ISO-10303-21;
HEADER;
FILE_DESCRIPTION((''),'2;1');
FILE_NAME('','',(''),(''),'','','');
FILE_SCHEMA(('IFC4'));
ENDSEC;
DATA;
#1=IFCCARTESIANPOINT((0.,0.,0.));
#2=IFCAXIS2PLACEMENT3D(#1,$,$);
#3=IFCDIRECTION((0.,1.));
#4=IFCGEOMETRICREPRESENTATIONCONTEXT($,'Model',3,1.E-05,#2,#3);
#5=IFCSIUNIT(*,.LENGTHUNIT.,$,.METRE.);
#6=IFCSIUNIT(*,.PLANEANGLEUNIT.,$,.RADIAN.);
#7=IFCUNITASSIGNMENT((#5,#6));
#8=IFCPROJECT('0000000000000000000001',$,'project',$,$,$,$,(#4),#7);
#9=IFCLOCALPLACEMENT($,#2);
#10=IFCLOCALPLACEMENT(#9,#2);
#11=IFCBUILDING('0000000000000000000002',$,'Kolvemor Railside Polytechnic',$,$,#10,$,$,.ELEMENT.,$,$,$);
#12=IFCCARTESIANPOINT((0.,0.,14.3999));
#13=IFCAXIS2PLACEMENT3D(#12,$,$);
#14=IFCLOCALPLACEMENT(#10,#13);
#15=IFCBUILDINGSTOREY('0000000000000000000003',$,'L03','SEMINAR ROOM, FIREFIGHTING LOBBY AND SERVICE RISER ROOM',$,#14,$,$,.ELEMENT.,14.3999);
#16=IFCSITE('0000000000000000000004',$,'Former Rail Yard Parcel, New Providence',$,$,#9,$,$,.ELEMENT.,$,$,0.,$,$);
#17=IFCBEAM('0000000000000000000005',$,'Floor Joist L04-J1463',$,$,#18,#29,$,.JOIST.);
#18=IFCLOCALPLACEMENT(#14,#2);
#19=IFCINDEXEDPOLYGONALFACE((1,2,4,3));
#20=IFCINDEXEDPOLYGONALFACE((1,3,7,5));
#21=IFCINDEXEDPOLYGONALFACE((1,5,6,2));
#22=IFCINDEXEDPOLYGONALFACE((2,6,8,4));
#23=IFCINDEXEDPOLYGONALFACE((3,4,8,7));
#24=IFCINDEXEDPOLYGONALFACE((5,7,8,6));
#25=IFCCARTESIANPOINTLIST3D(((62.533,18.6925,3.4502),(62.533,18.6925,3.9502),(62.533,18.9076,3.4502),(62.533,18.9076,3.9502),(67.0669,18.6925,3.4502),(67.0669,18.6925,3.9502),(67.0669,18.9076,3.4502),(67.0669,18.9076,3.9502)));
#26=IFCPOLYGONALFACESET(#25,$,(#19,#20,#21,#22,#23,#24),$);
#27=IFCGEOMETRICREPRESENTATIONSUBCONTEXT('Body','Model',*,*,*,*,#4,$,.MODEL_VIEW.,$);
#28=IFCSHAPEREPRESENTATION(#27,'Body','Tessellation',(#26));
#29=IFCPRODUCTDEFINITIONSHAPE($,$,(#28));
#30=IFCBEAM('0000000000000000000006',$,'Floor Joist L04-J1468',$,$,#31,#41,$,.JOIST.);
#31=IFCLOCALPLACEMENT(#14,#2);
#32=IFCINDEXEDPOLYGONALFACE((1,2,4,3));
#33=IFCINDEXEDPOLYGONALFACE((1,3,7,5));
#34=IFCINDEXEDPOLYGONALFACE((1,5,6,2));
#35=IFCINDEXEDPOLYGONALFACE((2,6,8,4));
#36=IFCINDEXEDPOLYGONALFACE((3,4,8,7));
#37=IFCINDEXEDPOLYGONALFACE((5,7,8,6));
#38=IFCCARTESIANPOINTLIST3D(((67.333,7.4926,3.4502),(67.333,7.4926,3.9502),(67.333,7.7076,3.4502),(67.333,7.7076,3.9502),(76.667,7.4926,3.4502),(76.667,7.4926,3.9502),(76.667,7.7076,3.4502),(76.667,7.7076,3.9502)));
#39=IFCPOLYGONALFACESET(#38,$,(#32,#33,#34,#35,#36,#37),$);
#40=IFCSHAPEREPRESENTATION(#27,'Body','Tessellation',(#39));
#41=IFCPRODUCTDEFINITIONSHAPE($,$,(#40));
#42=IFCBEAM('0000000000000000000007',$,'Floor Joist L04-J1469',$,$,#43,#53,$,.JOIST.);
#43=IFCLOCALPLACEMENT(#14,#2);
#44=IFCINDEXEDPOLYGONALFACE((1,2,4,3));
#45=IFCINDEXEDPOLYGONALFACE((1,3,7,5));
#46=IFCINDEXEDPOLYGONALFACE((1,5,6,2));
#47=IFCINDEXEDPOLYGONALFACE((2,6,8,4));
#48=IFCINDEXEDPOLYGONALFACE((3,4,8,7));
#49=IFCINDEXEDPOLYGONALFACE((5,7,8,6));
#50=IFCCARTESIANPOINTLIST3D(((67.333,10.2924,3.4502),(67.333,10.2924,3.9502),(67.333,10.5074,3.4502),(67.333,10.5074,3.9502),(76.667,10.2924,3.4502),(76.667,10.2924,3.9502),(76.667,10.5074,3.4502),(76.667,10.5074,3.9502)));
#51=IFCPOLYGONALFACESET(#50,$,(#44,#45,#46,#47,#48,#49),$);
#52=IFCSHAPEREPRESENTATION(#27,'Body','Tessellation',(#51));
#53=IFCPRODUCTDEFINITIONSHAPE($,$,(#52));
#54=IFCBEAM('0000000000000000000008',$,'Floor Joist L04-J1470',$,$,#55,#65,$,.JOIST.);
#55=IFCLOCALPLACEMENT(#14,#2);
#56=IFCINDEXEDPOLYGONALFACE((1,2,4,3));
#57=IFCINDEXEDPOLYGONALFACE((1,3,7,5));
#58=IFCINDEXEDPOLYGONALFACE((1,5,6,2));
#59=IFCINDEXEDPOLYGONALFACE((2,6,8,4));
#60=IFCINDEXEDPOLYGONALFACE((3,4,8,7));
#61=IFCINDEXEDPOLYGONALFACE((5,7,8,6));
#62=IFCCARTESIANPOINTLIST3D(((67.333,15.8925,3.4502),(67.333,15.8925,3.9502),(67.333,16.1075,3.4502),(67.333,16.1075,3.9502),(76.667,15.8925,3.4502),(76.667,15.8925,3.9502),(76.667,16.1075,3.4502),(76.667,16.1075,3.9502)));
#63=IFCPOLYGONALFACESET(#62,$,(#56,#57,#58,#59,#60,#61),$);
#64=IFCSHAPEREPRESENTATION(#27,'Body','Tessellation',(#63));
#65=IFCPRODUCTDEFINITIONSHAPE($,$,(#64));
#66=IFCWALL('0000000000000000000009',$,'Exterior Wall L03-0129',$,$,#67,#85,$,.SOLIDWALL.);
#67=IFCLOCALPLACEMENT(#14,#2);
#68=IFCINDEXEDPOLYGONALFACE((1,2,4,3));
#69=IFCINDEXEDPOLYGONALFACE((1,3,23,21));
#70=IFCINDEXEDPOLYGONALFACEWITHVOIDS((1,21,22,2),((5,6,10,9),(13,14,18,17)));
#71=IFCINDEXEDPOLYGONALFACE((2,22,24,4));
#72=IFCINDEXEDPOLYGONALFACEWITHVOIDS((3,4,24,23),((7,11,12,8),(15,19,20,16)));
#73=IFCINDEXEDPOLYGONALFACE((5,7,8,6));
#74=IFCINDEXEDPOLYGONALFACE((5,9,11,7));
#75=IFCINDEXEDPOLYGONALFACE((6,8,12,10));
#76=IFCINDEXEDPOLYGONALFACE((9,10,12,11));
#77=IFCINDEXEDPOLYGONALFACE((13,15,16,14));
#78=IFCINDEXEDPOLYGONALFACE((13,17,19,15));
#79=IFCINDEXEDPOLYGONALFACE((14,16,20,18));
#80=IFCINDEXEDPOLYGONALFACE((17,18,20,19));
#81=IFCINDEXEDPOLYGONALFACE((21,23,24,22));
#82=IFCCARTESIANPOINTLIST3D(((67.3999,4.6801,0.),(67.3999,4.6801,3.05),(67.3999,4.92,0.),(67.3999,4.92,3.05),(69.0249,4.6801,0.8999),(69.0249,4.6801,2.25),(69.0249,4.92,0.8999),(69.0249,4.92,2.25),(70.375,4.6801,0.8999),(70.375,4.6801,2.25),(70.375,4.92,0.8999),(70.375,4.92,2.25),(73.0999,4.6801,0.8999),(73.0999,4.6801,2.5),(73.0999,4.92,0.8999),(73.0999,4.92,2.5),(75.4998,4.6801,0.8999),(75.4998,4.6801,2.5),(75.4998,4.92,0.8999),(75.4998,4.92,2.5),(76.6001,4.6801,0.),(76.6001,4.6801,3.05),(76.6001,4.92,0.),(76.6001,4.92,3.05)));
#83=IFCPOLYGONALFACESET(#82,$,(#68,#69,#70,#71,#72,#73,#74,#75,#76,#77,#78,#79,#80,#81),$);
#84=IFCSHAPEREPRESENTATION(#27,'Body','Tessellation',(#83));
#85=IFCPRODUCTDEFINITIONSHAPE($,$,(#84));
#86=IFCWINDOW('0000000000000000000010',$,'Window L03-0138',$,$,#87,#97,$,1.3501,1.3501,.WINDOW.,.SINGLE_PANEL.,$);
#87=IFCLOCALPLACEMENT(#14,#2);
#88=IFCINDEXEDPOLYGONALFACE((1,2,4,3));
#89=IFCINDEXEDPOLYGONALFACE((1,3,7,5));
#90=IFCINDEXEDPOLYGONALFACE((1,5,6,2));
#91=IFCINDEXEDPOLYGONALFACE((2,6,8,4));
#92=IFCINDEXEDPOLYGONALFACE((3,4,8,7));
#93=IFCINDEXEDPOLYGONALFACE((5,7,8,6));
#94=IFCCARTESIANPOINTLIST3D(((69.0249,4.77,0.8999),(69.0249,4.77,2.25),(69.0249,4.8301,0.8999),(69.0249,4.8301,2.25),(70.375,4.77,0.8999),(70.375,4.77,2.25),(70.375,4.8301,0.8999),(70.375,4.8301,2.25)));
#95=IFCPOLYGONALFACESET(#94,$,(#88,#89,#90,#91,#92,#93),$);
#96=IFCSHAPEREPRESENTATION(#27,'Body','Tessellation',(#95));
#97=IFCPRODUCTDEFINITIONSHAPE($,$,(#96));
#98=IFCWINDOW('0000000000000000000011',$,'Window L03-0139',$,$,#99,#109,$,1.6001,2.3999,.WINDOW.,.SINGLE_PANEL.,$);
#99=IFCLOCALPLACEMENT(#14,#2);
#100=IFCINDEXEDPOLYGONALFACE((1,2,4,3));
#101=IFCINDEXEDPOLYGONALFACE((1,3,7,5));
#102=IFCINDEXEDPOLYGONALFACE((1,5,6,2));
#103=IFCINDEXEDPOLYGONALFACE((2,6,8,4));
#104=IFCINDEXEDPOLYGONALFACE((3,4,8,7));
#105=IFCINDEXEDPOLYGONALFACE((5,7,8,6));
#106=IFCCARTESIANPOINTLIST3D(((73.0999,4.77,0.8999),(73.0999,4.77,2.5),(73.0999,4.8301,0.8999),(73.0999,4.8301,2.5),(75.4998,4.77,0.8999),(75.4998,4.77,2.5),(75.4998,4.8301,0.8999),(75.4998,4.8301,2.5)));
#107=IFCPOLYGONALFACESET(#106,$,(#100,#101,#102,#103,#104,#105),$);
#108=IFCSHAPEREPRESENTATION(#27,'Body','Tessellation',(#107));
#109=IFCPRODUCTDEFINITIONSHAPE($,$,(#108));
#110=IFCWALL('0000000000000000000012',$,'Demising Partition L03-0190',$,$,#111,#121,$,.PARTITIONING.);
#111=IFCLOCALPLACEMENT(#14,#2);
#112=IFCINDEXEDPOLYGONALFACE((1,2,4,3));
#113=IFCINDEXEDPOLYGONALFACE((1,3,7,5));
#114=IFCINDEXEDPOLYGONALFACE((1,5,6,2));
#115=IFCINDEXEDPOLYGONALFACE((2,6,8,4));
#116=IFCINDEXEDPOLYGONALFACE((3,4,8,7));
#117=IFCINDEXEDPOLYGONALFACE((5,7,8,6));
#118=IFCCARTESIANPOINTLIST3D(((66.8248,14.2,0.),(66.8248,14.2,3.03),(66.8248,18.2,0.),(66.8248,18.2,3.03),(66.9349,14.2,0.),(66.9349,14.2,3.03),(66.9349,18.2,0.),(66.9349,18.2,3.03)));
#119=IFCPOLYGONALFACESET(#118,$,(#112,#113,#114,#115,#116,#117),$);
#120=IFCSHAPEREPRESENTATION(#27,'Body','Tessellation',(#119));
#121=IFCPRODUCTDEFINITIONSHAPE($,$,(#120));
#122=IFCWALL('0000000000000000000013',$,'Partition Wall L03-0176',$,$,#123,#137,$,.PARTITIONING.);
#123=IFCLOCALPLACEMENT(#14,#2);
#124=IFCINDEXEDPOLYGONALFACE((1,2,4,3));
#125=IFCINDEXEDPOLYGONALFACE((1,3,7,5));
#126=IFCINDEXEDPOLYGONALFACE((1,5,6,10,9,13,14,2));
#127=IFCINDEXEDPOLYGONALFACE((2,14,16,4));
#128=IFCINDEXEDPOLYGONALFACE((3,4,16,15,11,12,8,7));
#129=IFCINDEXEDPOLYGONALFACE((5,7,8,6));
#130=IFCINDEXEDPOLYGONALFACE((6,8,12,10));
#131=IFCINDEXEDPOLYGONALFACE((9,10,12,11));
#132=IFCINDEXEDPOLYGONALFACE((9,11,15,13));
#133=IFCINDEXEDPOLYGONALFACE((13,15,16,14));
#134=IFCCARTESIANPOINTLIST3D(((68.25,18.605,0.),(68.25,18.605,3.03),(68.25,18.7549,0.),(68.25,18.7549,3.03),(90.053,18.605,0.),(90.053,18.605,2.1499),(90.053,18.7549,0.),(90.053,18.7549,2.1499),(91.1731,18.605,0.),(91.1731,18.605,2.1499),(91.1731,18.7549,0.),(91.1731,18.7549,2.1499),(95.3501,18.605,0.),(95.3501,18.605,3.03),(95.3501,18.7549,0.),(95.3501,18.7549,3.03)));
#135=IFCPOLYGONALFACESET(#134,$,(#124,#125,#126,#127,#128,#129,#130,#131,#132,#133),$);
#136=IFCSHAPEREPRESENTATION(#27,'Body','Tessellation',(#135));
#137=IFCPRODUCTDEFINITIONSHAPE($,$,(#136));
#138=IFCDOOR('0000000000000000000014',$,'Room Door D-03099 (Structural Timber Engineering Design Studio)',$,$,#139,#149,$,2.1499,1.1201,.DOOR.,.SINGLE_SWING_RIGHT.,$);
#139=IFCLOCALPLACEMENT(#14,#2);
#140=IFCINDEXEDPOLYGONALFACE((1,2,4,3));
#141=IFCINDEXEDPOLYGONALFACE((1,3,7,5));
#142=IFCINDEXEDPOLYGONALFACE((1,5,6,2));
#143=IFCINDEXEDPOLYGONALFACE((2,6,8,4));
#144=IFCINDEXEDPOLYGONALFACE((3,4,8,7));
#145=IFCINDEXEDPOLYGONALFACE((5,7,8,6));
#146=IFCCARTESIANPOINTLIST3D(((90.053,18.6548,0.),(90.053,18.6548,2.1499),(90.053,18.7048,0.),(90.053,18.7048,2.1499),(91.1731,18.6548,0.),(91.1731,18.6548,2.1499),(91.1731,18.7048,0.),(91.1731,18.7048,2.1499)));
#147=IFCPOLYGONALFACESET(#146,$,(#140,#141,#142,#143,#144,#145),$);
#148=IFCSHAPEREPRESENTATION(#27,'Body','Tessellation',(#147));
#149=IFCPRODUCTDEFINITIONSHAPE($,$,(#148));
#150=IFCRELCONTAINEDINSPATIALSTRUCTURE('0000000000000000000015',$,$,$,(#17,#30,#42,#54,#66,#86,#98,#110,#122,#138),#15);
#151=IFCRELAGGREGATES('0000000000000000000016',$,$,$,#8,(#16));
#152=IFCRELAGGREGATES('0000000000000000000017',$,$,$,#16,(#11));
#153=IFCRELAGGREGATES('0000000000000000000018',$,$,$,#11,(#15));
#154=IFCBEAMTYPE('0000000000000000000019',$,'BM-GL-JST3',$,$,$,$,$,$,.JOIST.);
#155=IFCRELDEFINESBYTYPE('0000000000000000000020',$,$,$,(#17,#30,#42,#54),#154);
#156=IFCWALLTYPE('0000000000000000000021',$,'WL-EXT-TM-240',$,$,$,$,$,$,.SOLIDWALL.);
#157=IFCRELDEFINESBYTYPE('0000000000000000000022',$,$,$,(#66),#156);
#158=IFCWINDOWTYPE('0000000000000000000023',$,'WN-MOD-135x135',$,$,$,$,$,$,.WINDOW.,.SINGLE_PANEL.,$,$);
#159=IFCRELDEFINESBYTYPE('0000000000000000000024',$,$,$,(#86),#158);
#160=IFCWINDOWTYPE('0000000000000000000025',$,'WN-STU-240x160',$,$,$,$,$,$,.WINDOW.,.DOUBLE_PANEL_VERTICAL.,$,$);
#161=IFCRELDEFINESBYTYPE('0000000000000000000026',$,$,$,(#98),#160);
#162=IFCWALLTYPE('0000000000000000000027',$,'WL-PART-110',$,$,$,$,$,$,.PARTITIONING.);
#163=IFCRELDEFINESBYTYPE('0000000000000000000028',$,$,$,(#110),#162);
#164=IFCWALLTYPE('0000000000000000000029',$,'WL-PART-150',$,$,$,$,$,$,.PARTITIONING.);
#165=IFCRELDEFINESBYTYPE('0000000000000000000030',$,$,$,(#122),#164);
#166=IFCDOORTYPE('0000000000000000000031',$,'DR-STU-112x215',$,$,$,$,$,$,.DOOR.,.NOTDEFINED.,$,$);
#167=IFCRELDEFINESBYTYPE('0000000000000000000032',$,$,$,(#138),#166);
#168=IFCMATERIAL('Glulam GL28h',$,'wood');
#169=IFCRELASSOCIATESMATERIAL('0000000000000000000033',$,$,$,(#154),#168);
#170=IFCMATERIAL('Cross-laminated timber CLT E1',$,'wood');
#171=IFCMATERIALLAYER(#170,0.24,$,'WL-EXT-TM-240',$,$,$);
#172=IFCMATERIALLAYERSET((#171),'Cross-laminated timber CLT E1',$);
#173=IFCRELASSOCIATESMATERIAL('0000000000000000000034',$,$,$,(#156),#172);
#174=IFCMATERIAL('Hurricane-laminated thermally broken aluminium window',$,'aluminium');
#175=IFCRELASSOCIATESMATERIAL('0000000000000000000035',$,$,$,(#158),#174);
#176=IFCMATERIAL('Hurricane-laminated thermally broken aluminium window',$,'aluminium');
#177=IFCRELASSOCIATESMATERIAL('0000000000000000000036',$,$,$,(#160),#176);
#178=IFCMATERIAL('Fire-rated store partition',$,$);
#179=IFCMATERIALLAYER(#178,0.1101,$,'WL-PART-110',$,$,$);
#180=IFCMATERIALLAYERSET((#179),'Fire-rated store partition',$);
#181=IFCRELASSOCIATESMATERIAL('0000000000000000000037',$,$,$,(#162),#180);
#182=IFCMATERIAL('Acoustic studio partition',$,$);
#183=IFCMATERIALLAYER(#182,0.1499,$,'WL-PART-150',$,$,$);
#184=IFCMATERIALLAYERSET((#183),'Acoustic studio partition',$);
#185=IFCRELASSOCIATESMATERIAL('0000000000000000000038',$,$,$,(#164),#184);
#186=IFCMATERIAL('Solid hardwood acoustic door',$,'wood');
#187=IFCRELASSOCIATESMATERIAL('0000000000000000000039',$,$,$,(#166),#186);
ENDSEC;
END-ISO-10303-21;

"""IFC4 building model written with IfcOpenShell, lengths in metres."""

from ifc_helpers import new_model, si_unit, direction, frame, frame_2d, origin, origin_2d, place, context, subcontext, project, spatial, rectangle, extrude, material, layer, layer_set, material_profile, profile_set, type_object, element, fill, save


model = new_model("IFC4")

# Units and contexts
model_context = context("Model", 3, precision=1e-05, world=origin(), true_north=direction((0.0, 1.0)))
body_context = subcontext(model_context, "Body", "Model", "MODEL_VIEW")
ifc_project = project(units=[si_unit("LENGTHUNIT", "METRE"), si_unit("PLANEANGLEUNIT", "RADIAN")], contexts=[model_context])

# Site, building, storey
site_placement = place(None, origin())
site = spatial("IfcSite", under=ifc_project, at=site_placement, Name="Former Rail Yard Parcel, New Providence", CompositionType="ELEMENT", RefElevation=0.0)
building_placement = place(site_placement, origin())
building = spatial("IfcBuilding", under=site, at=building_placement, Name="Kolvemor Railside Polytechnic", CompositionType="ELEMENT")
storey_placement = place(building_placement, frame((0.0, 0.0, 14.3999)))
storey = spatial("IfcBuildingStorey", under=building, at=storey_placement, Name="L03", Description="SEMINAR ROOM, FIREFIGHTING LOBBY AND SERVICE RISER ROOM", CompositionType="ELEMENT", Elevation=14.3999)

# Beams
ifc_material_1 = material(Name="Glulam GL28h", Category="wood")
ifc_material_profile_1 = material_profile(ifc_material_1, rectangle(XDim=0.2151, YDim=0.5, at=origin_2d()), Name="GL215x500")
ifc_profile_set_1 = profile_set([ifc_material_profile_1], Name="Glulam GL28h")
beam_type_1 = type_object("IfcBeamType", Name="BM-GL-JST3", PredefinedType="JOIST", material=ifc_profile_set_1)
for number, where, z_axis, x_axis, name in (
    (1, (62.533, 18.8, 3.7002), (1.0, 0.0, 0.0), (0.0, 1.0, 0.0), "Floor Joist L04-J1463"),
):
    element("IfcBeam", number, at=place(storey_placement, frame(where, z_axis=z_axis, x_axis=x_axis)), inside=storey, type_object=beam_type_1, Name=name, PredefinedType="JOIST", context=body_context, shape_type="SweptSolid", body=[
        extrude(rectangle(XDim=0.2151, YDim=0.5, at=origin_2d()), origin(), (0.0, 0.0, 1.0), 4.5339),
    ])
for number, where, z_axis, x_axis, name in (
    (2, (67.333, 7.6001, 3.7002), (1.0, 0.0, 0.0), (0.0, 1.0, 0.0), "Floor Joist L04-J1468"),
    (3, (67.333, 10.3999, 3.7002), (1.0, 0.0, 0.0), (0.0, 1.0, 0.0), "Floor Joist L04-J1469"),
    (4, (67.333, 16.0, 3.7002), (1.0, 0.0, 0.0), (0.0, 1.0, 0.0), "Floor Joist L04-J1470"),
):
    element("IfcBeam", number, at=place(storey_placement, frame(where, z_axis=z_axis, x_axis=x_axis)), inside=storey, type_object=beam_type_1, Name=name, PredefinedType="JOIST", context=body_context, shape_type="SweptSolid", body=[
        extrude(rectangle(XDim=0.2151, YDim=0.5, at=origin_2d()), origin(), (0.0, 0.0, 1.0), 9.334),
    ])

# Wall, openings, windows
ifc_material_2 = material(Name="Cross-laminated timber CLT E1", Category="wood")
ifc_layer_1 = layer(ifc_material_2, 0.24, Name="WL-EXT-TM-240")
ifc_layer_set_1 = layer_set([ifc_layer_1], Name="Cross-laminated timber CLT E1")
wall_type_1 = type_object("IfcWallType", Name="WL-EXT-TM-240", PredefinedType="SOLIDWALL", material=ifc_layer_set_1)
wall_1_placement = place(storey_placement, frame((67.3999, 4.8, 0.0), z_axis=(0.0, 0.0, 1.0), x_axis=(1.0, 0.0, 0.0)))
wall_1 = element("IfcWall", 5, at=wall_1_placement, inside=storey, type_object=wall_type_1, Name="Exterior Wall L03-0129", PredefinedType="SOLIDWALL", context=body_context, shape_type="SweptSolid", body=[
    extrude(rectangle(XDim=9.2002, YDim=0.24, at=frame_2d((4.6001, 0.0))), origin(), (0.0, 0.0, 1.0), 3.05),
])
opening_1_placement = place(wall_1_placement, frame((1.625, 0.0, 0.8999)))
opening_1 = element("IfcOpeningElement", 6, at=opening_1_placement, cuts=wall_1, PredefinedType="OPENING", context=body_context, shape_type="SweptSolid", body=[
    extrude(rectangle(XDim=1.3501, YDim=1.3501, at=frame_2d((0.675, 0.675))), frame((0.0, 0.1299, 0.0), z_axis=(0.0, -1.0, 0.0), x_axis=(1.0, 0.0, 0.0)), (0.0, 0.0, 1.0), 0.26),
])
opening_2_placement = place(wall_1_placement, frame((5.7, 0.0, 0.8999)))
opening_2 = element("IfcOpeningElement", 7, at=opening_2_placement, cuts=wall_1, PredefinedType="OPENING", context=body_context, shape_type="SweptSolid", body=[
    extrude(rectangle(XDim=2.3999, YDim=1.6001, at=frame_2d((1.2, 0.8))), frame((0.0, 0.1299, 0.0), z_axis=(0.0, -1.0, 0.0), x_axis=(1.0, 0.0, 0.0)), (0.0, 0.0, 1.0), 0.26),
])
ifc_material_3 = material(Name="Hurricane-laminated thermally broken aluminium window", Category="aluminium")
window_type_1 = type_object("IfcWindowType", Name="WN-MOD-135x135", PartitioningType="SINGLE_PANEL", PredefinedType="WINDOW", material=ifc_material_3)
window_1_placement = place(opening_1_placement, origin())
window_1 = element("IfcWindow", 8, at=window_1_placement, inside=storey, type_object=window_type_1, Name="Window L03-0138", OverallHeight=1.3501, OverallWidth=1.3501, PartitioningType="SINGLE_PANEL", PredefinedType="WINDOW", context=body_context, shape_type="SweptSolid", body=[
    extrude(rectangle(XDim=1.3501, YDim=1.3501, at=frame_2d((0.675, 0.675))), frame((0.0, 0.03, 0.0), z_axis=(0.0, -1.0, 0.0), x_axis=(1.0, 0.0, 0.0)), (0.0, 0.0, 1.0), 0.0601),
])
fill(opening_1, window_1)
ifc_material_4 = material(Name="Hurricane-laminated thermally broken aluminium window", Category="aluminium")
window_type_2 = type_object("IfcWindowType", Name="WN-STU-240x160", PartitioningType="DOUBLE_PANEL_VERTICAL", PredefinedType="WINDOW", material=ifc_material_4)
window_2_placement = place(opening_2_placement, origin())
window_2 = element("IfcWindow", 9, at=window_2_placement, inside=storey, type_object=window_type_2, Name="Window L03-0139", OverallHeight=1.6001, OverallWidth=2.3999, PartitioningType="SINGLE_PANEL", PredefinedType="WINDOW", context=body_context, shape_type="SweptSolid", body=[
    extrude(rectangle(XDim=2.3999, YDim=1.6001, at=frame_2d((1.2, 0.8))), frame((0.0, 0.03, 0.0), z_axis=(0.0, -1.0, 0.0), x_axis=(1.0, 0.0, 0.0)), (0.0, 0.0, 1.0), 0.0601),
])
fill(opening_2, window_2)

# Wall
ifc_material_5 = material(Name="Fire-rated store partition")
ifc_layer_2 = layer(ifc_material_5, 0.1101, Name="WL-PART-110")
ifc_layer_set_2 = layer_set([ifc_layer_2], Name="Fire-rated store partition")
wall_type_2 = type_object("IfcWallType", Name="WL-PART-110", PredefinedType="PARTITIONING", material=ifc_layer_set_2)
wall_2_placement = place(storey_placement, frame((66.8799, 14.2, 0.0), z_axis=(0.0, 0.0, 1.0), x_axis=(0.0, 1.0, 0.0)))
element("IfcWall", 10, at=wall_2_placement, inside=storey, type_object=wall_type_2, Name="Demising Partition L03-0190", PredefinedType="PARTITIONING", context=body_context, shape_type="SweptSolid", body=[
    extrude(rectangle(XDim=4.0, YDim=0.1101, at=frame_2d((2.0, 0.0))), origin(), (0.0, 0.0, 1.0), 3.03),
])

# Wall, opening, door
ifc_material_6 = material(Name="Acoustic studio partition")
ifc_layer_3 = layer(ifc_material_6, 0.1499, Name="WL-PART-150")
ifc_layer_set_3 = layer_set([ifc_layer_3], Name="Acoustic studio partition")
wall_type_3 = type_object("IfcWallType", Name="WL-PART-150", PredefinedType="PARTITIONING", material=ifc_layer_set_3)
wall_3_placement = place(storey_placement, frame((68.25, 18.6799, 0.0), z_axis=(0.0, 0.0, 1.0), x_axis=(1.0, 0.0, 0.0)))
wall_3 = element("IfcWall", 11, at=wall_3_placement, inside=storey, type_object=wall_type_3, Name="Partition Wall L03-0176", PredefinedType="PARTITIONING", context=body_context, shape_type="SweptSolid", body=[
    extrude(rectangle(XDim=27.1001, YDim=0.1499, at=frame_2d((13.55, 0.0))), origin(), (0.0, 0.0, 1.0), 3.03),
])
opening_3_placement = place(wall_3_placement, frame((21.803, 0.0, 0.0)))
opening_3 = element("IfcOpeningElement", 12, at=opening_3_placement, cuts=wall_3, PredefinedType="OPENING", context=body_context, shape_type="SweptSolid", body=[
    extrude(rectangle(XDim=1.1201, YDim=2.1499, at=frame_2d((0.5601, 1.075))), frame((0.0, 0.085, 0.0), z_axis=(0.0, -1.0, 0.0), x_axis=(1.0, 0.0, 0.0)), (0.0, 0.0, 1.0), 0.1699),
])
ifc_material_7 = material(Name="Solid hardwood acoustic door", Category="wood")
door_type_1 = type_object("IfcDoorType", Name="DR-STU-112x215", OperationType="NOTDEFINED", PredefinedType="DOOR", material=ifc_material_7)
door_1_placement = place(opening_3_placement, origin())
door_1 = element("IfcDoor", 13, at=door_1_placement, inside=storey, type_object=door_type_1, Name="Room Door D-03099 (Structural Timber Engineering Design Studio)", OperationType="SINGLE_SWING_RIGHT", OverallHeight=2.1499, OverallWidth=1.1201, PredefinedType="DOOR", context=body_context, shape_type="SweptSolid", body=[
    extrude(rectangle(XDim=1.1201, YDim=2.1499, at=frame_2d((0.5601, 1.075))), frame((0.0, 0.0249, 0.0), z_axis=(0.0, -1.0, 0.0), x_axis=(1.0, 0.0, 0.0)), (0.0, 0.0, 1.0), 0.05),
])
fill(opening_3, door_1)

save(model, "model.ifc")
